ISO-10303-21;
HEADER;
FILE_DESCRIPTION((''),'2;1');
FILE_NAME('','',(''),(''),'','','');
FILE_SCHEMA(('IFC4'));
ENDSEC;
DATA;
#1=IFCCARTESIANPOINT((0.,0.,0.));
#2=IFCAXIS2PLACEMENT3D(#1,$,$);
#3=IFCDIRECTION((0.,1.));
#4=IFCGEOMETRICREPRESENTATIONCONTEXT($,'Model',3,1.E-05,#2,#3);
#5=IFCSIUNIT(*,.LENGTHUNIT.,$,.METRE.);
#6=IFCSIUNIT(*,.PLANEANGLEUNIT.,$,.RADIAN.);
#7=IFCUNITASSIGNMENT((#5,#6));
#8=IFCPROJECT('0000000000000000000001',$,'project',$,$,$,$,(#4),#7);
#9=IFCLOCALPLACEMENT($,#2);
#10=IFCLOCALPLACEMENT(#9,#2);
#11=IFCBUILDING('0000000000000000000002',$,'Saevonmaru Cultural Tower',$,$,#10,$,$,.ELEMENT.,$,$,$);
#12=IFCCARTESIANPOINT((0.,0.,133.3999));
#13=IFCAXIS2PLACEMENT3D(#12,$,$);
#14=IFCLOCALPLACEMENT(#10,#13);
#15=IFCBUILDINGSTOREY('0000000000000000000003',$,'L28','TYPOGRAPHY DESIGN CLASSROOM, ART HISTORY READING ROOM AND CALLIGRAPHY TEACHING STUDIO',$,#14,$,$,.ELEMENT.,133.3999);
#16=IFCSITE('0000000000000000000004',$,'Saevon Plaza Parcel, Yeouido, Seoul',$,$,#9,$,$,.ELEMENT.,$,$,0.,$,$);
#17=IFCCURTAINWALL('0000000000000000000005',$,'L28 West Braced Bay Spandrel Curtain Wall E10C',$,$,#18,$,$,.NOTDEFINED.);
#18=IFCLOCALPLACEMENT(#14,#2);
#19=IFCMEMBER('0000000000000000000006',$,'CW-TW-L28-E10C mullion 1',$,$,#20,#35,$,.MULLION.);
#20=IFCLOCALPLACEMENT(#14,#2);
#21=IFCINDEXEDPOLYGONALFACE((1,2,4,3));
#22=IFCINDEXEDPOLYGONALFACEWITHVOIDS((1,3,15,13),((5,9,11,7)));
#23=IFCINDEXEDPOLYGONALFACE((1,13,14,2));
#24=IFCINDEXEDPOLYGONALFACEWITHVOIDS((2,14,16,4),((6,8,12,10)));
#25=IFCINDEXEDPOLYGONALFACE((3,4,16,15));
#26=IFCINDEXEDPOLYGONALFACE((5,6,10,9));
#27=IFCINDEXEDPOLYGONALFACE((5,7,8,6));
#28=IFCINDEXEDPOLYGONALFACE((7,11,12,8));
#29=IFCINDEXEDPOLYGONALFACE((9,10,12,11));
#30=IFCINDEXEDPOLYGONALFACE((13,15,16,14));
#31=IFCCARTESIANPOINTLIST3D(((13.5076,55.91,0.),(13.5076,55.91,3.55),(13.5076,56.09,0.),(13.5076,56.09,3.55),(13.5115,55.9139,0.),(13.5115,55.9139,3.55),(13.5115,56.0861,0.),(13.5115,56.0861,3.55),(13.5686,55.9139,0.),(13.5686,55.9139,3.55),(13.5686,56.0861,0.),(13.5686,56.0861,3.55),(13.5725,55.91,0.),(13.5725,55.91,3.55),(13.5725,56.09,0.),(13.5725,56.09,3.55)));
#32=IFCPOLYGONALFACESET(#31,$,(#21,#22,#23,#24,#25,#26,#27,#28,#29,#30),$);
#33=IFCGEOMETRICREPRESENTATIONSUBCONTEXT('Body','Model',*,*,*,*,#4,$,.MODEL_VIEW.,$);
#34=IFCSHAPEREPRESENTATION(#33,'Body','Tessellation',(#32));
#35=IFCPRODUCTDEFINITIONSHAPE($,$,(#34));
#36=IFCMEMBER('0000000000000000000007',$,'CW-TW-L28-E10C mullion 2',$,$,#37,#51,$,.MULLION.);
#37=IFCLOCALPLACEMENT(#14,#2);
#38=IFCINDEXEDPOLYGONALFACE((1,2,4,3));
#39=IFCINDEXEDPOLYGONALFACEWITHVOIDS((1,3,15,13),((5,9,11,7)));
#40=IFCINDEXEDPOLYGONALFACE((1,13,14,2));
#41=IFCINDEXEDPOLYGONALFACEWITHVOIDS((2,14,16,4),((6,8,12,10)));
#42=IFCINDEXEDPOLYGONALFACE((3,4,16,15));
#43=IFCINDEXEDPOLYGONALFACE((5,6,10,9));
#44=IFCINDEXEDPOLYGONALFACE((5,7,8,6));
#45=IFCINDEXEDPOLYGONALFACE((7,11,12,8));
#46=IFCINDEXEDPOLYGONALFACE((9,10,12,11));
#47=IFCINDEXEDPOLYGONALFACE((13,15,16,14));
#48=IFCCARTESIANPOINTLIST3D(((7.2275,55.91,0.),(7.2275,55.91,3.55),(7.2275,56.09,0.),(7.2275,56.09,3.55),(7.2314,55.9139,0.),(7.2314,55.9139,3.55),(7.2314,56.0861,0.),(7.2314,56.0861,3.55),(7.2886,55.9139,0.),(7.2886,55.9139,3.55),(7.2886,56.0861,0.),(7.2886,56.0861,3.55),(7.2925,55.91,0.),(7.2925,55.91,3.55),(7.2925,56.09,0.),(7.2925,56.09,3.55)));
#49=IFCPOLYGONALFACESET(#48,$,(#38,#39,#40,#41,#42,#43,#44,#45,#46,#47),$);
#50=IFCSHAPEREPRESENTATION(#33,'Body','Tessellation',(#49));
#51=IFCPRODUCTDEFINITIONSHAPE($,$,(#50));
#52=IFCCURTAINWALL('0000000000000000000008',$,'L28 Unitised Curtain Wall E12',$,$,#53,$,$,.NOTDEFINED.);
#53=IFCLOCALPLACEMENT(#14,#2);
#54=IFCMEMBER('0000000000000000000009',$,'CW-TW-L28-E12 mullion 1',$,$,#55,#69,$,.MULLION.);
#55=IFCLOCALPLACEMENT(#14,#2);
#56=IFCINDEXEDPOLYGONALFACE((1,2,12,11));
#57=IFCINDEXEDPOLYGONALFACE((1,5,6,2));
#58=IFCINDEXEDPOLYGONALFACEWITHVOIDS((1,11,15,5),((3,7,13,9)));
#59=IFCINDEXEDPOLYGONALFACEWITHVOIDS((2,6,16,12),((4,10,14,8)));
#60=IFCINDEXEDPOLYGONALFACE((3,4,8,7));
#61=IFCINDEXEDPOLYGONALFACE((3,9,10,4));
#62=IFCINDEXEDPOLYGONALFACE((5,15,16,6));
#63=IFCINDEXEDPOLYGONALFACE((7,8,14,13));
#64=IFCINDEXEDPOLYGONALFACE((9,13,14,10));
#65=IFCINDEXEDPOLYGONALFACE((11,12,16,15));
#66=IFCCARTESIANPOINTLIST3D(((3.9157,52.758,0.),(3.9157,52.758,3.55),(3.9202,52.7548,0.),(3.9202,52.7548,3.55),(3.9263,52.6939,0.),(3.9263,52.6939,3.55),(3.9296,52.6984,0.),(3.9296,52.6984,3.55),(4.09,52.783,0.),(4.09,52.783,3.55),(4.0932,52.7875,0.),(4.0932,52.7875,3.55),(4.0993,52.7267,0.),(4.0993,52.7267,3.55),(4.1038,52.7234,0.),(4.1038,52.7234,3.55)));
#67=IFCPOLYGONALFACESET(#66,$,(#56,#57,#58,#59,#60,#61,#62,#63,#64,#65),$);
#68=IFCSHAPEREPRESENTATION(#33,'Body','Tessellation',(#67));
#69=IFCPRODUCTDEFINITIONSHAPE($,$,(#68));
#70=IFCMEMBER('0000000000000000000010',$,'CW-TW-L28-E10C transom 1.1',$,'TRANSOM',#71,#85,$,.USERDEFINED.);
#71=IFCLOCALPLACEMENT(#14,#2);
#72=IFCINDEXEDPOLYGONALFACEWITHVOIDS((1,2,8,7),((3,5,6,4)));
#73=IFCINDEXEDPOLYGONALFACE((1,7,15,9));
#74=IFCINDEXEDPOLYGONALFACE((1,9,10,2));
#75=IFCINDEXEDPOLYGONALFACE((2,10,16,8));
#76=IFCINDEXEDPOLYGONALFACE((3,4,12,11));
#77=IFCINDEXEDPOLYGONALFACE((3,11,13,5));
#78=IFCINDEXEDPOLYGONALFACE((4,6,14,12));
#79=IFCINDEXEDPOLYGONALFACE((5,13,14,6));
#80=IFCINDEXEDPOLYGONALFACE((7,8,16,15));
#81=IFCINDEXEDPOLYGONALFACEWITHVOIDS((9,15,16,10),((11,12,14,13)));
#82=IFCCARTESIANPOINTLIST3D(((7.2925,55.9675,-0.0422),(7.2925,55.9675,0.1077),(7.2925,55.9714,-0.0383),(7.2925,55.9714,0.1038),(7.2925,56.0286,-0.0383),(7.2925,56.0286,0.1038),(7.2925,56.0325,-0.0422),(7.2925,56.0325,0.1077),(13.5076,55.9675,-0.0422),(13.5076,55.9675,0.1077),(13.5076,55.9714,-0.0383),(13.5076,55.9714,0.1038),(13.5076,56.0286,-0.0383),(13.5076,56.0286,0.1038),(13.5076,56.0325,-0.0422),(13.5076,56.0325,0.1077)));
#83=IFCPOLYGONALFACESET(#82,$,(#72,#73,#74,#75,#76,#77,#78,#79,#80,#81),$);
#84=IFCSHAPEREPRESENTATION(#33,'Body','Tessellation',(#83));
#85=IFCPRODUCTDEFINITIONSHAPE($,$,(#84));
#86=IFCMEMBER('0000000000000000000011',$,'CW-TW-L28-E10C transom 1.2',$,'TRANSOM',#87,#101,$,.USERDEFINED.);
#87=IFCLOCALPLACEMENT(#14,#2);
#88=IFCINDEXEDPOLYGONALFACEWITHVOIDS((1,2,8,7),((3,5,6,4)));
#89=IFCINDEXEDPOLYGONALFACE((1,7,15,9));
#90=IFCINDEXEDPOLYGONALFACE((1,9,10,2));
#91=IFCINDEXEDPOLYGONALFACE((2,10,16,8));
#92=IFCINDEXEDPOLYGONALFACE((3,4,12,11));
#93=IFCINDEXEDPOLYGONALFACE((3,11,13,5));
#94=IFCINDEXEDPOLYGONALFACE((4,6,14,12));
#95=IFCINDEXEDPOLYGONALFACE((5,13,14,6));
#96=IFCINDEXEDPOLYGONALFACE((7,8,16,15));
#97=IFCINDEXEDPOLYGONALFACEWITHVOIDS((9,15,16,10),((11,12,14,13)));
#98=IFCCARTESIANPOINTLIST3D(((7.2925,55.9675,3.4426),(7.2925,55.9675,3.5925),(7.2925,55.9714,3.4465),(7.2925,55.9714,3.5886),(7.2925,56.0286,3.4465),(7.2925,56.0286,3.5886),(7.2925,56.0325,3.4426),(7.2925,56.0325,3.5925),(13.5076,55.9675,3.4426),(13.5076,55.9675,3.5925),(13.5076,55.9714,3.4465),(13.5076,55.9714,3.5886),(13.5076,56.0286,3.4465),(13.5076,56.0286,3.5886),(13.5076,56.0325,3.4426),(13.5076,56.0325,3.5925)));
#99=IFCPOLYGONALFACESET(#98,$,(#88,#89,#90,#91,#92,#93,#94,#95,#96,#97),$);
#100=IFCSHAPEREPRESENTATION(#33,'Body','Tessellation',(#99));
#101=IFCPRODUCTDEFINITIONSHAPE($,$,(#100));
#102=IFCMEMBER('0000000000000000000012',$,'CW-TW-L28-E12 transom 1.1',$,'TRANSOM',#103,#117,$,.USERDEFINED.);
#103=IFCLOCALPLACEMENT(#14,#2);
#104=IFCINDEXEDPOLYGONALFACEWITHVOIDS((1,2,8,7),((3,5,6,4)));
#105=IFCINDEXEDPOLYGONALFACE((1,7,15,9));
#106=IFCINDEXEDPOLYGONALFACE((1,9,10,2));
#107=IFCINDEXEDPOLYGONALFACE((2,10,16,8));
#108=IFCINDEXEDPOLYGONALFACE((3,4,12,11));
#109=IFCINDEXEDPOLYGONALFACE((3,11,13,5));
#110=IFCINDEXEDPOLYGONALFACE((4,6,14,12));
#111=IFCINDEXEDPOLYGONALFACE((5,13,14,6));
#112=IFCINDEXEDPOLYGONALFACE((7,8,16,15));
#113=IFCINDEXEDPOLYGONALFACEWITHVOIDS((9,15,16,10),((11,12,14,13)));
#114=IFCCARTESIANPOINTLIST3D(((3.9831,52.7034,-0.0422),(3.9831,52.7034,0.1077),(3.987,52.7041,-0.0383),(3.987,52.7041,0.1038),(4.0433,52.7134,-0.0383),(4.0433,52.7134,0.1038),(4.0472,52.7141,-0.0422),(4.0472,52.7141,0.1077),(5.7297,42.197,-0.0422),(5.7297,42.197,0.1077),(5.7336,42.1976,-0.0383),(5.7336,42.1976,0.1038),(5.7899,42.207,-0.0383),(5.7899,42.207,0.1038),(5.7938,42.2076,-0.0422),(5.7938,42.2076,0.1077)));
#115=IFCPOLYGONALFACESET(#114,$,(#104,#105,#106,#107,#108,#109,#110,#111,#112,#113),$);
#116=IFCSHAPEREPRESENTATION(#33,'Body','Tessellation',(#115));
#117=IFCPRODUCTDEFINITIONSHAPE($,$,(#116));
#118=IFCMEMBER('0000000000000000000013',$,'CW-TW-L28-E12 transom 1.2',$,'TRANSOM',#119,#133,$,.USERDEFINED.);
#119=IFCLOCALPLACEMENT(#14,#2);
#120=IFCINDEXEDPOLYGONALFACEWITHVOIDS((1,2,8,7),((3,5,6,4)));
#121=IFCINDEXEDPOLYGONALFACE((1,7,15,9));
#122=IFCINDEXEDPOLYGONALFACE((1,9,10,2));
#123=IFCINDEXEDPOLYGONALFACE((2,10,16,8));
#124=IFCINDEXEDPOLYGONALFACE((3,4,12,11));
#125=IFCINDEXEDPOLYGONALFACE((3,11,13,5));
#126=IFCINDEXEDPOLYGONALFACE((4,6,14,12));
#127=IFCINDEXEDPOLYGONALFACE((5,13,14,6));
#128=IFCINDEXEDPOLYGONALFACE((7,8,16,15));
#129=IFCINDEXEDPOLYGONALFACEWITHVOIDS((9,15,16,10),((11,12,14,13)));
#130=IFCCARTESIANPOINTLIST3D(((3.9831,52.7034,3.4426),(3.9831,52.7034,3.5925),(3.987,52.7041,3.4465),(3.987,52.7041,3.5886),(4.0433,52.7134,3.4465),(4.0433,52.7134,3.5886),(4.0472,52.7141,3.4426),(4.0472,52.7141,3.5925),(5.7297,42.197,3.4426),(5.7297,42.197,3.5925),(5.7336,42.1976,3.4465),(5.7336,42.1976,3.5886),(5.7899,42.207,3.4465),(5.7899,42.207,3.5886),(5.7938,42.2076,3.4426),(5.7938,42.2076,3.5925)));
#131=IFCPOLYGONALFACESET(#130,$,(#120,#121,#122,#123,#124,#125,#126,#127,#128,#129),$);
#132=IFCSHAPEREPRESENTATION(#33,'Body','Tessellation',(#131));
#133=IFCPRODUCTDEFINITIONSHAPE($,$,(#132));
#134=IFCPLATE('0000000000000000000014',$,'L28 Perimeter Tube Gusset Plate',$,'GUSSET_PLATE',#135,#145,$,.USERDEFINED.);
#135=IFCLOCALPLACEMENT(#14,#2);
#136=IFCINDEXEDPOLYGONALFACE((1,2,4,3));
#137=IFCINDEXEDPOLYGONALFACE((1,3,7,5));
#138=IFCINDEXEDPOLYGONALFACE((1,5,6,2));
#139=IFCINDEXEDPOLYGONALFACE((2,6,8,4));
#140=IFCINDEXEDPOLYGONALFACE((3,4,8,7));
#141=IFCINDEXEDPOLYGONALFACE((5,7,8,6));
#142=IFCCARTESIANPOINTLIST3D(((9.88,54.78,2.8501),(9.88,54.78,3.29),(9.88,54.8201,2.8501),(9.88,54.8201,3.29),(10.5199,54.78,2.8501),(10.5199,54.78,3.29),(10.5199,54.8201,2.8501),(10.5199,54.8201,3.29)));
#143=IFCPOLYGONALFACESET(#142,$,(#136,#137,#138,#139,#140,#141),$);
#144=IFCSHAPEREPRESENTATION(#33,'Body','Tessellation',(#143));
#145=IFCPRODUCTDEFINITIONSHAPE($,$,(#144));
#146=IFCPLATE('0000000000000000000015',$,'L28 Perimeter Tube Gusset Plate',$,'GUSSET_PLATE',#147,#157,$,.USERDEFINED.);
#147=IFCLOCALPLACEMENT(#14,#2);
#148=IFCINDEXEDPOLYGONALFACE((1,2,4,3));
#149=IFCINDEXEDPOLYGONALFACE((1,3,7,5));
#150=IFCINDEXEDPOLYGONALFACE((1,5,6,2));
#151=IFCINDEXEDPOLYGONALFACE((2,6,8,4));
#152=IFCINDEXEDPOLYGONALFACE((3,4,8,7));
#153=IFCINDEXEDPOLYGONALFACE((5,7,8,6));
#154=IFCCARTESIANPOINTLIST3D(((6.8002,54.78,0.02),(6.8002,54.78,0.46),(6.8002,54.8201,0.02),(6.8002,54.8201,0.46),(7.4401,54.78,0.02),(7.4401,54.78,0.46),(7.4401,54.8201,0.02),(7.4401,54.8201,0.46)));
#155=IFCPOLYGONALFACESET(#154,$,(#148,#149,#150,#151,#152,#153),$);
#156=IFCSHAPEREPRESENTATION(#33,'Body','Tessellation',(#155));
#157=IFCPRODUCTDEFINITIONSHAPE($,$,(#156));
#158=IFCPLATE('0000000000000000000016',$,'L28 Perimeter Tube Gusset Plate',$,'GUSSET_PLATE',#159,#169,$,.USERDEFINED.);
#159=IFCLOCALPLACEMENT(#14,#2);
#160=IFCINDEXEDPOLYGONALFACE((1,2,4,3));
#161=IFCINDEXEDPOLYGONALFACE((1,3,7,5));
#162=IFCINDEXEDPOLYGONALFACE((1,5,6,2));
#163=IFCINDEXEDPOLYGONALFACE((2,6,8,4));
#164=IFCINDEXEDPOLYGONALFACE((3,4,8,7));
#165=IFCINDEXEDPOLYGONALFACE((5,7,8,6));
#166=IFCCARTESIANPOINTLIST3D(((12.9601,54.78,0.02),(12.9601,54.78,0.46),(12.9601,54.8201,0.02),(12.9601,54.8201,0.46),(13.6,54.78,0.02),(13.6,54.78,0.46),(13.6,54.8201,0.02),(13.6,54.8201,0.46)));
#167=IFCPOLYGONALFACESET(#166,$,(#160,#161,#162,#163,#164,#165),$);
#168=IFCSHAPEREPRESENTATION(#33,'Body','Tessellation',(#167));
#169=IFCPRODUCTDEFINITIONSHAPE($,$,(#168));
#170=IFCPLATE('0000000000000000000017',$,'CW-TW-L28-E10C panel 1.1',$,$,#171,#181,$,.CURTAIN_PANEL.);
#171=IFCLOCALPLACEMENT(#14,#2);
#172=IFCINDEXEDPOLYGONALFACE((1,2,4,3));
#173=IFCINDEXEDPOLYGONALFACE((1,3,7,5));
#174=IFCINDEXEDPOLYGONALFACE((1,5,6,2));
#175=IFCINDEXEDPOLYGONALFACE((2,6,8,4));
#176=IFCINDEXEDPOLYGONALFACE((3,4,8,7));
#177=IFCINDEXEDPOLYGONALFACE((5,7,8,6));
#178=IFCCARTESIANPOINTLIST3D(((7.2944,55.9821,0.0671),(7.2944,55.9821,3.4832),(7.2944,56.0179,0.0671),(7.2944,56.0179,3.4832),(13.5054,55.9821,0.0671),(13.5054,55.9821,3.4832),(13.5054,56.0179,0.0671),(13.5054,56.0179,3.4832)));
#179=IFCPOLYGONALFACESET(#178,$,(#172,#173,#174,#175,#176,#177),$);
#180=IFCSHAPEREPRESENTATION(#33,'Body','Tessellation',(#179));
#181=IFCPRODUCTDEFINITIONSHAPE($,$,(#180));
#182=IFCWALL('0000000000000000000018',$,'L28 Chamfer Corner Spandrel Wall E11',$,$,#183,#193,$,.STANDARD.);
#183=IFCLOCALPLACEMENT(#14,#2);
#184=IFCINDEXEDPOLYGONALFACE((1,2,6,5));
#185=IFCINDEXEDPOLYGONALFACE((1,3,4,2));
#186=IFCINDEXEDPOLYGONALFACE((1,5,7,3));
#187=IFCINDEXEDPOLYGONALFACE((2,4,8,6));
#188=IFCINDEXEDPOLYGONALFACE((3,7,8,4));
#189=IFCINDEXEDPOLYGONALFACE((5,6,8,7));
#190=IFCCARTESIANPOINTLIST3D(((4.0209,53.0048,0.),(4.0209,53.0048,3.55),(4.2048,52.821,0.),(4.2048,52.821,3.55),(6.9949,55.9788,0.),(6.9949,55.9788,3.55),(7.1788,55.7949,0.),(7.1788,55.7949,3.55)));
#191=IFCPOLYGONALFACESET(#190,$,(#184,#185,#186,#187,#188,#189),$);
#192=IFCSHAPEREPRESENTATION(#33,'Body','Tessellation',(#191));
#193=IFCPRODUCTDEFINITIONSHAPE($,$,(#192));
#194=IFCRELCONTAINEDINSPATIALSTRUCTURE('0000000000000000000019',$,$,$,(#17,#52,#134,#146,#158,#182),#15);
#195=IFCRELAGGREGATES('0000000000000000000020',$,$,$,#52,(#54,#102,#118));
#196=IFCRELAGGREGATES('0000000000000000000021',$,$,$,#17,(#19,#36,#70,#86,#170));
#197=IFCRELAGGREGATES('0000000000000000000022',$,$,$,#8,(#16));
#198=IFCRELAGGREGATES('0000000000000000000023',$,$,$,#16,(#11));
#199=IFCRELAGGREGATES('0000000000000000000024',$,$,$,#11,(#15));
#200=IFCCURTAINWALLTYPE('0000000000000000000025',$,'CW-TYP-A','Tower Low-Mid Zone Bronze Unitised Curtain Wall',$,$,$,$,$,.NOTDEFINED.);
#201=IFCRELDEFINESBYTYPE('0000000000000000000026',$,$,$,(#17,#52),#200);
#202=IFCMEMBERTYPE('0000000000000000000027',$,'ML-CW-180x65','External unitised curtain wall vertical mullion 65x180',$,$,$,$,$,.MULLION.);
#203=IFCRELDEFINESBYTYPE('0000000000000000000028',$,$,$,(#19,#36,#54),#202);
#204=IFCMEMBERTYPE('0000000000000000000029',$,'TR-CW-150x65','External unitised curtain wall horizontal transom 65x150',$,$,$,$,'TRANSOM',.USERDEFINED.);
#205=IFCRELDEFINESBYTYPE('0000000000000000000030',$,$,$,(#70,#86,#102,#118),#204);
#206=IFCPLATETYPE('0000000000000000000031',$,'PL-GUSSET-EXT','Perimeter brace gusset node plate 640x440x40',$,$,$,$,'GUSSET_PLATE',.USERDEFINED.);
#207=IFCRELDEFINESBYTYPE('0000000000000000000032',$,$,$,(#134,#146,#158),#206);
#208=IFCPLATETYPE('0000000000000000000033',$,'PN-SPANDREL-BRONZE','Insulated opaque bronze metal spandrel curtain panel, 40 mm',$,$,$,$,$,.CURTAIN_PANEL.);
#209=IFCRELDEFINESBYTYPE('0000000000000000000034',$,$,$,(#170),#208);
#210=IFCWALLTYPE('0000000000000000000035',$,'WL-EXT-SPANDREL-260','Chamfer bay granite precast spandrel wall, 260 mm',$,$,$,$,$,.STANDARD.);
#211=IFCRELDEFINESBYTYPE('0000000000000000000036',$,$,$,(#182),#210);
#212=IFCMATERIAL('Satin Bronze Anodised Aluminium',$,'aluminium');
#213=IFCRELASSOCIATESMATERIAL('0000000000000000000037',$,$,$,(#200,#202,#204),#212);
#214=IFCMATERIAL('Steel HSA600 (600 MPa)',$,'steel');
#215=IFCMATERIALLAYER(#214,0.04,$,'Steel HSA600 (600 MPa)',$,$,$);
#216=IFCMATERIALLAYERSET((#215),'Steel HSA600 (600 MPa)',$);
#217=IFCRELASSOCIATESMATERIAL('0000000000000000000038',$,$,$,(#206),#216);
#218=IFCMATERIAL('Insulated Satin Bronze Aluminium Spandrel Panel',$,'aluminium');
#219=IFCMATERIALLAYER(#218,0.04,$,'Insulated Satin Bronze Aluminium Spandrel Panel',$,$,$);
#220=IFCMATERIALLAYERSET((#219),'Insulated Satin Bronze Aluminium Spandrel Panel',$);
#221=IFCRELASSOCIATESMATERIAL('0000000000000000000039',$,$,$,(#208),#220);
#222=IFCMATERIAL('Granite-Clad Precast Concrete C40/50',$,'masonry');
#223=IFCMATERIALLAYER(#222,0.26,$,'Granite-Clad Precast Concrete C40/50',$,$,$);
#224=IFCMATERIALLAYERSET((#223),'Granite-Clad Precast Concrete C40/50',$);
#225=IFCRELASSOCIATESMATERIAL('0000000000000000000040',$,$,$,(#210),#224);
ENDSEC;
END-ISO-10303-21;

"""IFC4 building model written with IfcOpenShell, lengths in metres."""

from ifc_helpers import new_model, si_unit, direction, frame, frame_2d, origin, origin_2d, place, context, subcontext, project, spatial, rectangle, hollow_rectangle, extrude, material, layer, layer_set, material_profile, profile_set, type_object, element, aggregate, save


model = new_model("IFC4")

# Units and contexts
model_context = context("Model", 3, precision=1e-05, world=origin(), true_north=direction((0.0, 1.0)))
body_context = subcontext(model_context, "Body", "Model", "MODEL_VIEW")
ifc_project = project(units=[si_unit("LENGTHUNIT", "METRE"), si_unit("PLANEANGLEUNIT", "RADIAN")], contexts=[model_context])

# Site, building, storey
site_placement = place(None, origin())
site = spatial("IfcSite", under=ifc_project, at=site_placement, Name="Saevon Plaza Parcel, Yeouido, Seoul", CompositionType="ELEMENT", RefElevation=0.0)
building_placement = place(site_placement, origin())
building = spatial("IfcBuilding", under=site, at=building_placement, Name="Saevonmaru Cultural Tower", CompositionType="ELEMENT")
storey_placement = place(building_placement, frame((0.0, 0.0, 133.3999)))
storey = spatial("IfcBuildingStorey", under=building, at=storey_placement, Name="L28", Description="TYPOGRAPHY DESIGN CLASSROOM, ART HISTORY READING ROOM AND CALLIGRAPHY TEACHING STUDIO", CompositionType="ELEMENT", Elevation=133.3999)

# Curtain wall, members
ifc_material_1 = material(Name="Satin Bronze Anodised Aluminium", Category="aluminium")
curtain_wall_type = type_object("IfcCurtainWallType", Name="CW-TYP-A", Description="Tower Low-Mid Zone Bronze Unitised Curtain Wall", PredefinedType="NOTDEFINED", material=ifc_material_1)
curtain_wall_1_placement = place(storey_placement, origin())
curtain_wall_1 = element("IfcCurtainWall", 1, at=curtain_wall_1_placement, inside=storey, type_object=curtain_wall_type, Name="L28 West Braced Bay Spandrel Curtain Wall E10C", PredefinedType="NOTDEFINED")
ifc_material_profile_1 = material_profile(ifc_material_1, hollow_rectangle(XDim=0.0649, YDim=0.1799, WallThickness=0.0039, at=origin_2d()), Name="ALU-MULL-180x65x4")
ifc_profile_set_1 = profile_set([ifc_material_profile_1], Name="Satin Bronze Anodised Aluminium")
member_type_1 = type_object("IfcMemberType", Name="ML-CW-180x65", Description="External unitised curtain wall vertical mullion 65x180", PredefinedType="MULLION", material=ifc_profile_set_1)
member_1_placement = place(storey_placement, frame((13.54, 56.0, 0.0), z_axis=(0.0, 0.0, 1.0), x_axis=(-1.0, 0.0, 0.0)))
member_1 = element("IfcMember", 2, at=member_1_placement, type_object=member_type_1, Name="CW-TW-L28-E10C mullion 1", PredefinedType="MULLION", context=body_context, shape_type="SweptSolid", body=[
    extrude(hollow_rectangle(XDim=0.0649, YDim=0.1799, WallThickness=0.0039, at=origin_2d()), origin(), (0.0, 0.0, 1.0), 3.55),
])
member_2_placement = place(storey_placement, frame((7.26, 56.0, 0.0), z_axis=(0.0, 0.0, 1.0), x_axis=(-1.0, 0.0, 0.0)))
member_2 = element("IfcMember", 3, at=member_2_placement, type_object=member_type_1, Name="CW-TW-L28-E10C mullion 2", PredefinedType="MULLION", context=body_context, shape_type="SweptSolid", body=[
    extrude(hollow_rectangle(XDim=0.0649, YDim=0.1799, WallThickness=0.0039, at=origin_2d()), origin(), (0.0, 0.0, 1.0), 3.55),
])

# Curtain wall, member
curtain_wall_2_placement = place(storey_placement, origin())
curtain_wall_2 = element("IfcCurtainWall", 4, at=curtain_wall_2_placement, inside=storey, type_object=curtain_wall_type, Name="L28 Unitised Curtain Wall E12", PredefinedType="NOTDEFINED")
member_3_placement = place(storey_placement, frame((4.0098, 52.7407, 0.0), z_axis=(0.0, 0.0, 1.0), x_axis=(0.163999, -0.986461, 0.0)))
member_3 = element("IfcMember", 5, at=member_3_placement, type_object=member_type_1, Name="CW-TW-L28-E12 mullion 1", PredefinedType="MULLION", context=body_context, shape_type="SweptSolid", body=[
    extrude(hollow_rectangle(XDim=0.0649, YDim=0.1799, WallThickness=0.0039, at=origin_2d()), origin(), (0.0, 0.0, 1.0), 3.55),
])

# Members
ifc_material_profile_2 = material_profile(ifc_material_1, hollow_rectangle(XDim=0.0649, YDim=0.1499, WallThickness=0.0039, at=origin_2d()), Name="ALU-TRAN-150x65x4")
ifc_profile_set_2 = profile_set([ifc_material_profile_2], Name="Satin Bronze Anodised Aluminium")
member_type_2 = type_object("IfcMemberType", Name="TR-CW-150x65", Description="External unitised curtain wall horizontal transom 65x150", ElementType="TRANSOM", PredefinedType="USERDEFINED", material=ifc_profile_set_2)
member_4_placement = place(storey_placement, frame((13.5076, 56.0, 0.0327), z_axis=(-1.0, 0.0, 0.0), x_axis=(0.0, -1.0, 0.0)))
member_4 = element("IfcMember", 6, at=member_4_placement, type_object=member_type_2, Name="CW-TW-L28-E10C transom 1.1", ObjectType="TRANSOM", PredefinedType="USERDEFINED", context=body_context, shape_type="SweptSolid", body=[
    extrude(hollow_rectangle(XDim=0.0649, YDim=0.1499, WallThickness=0.0039, at=origin_2d()), origin(), (0.0, 0.0, 1.0), 6.2151),
])
member_5_placement = place(storey_placement, frame((13.5076, 56.0, 3.5176), z_axis=(-1.0, 0.0, 0.0), x_axis=(0.0, -1.0, 0.0)))
member_5 = element("IfcMember", 7, at=member_5_placement, type_object=member_type_2, Name="CW-TW-L28-E10C transom 1.2", ObjectType="TRANSOM", PredefinedType="USERDEFINED", context=body_context, shape_type="SweptSolid", body=[
    extrude(hollow_rectangle(XDim=0.0649, YDim=0.1499, WallThickness=0.0039, at=origin_2d()), origin(), (0.0, 0.0, 1.0), 6.2151),
])
member_6_placement = place(storey_placement, frame((4.0151, 52.7087, 0.0327), z_axis=(0.16399, -0.986462, 0.0), x_axis=(0.986462, 0.16399, 0.0)))
member_6 = element("IfcMember", 8, at=member_6_placement, type_object=member_type_2, Name="CW-TW-L28-E12 transom 1.1", ObjectType="TRANSOM", PredefinedType="USERDEFINED", context=body_context, shape_type="SweptSolid", body=[
    extrude(hollow_rectangle(XDim=0.0649, YDim=0.1499, WallThickness=0.0039, at=origin_2d()), origin(), (0.0, 0.0, 1.0), 10.6506),
])
member_7_placement = place(storey_placement, frame((4.0151, 52.7087, 3.5176), z_axis=(0.16399, -0.986462, 0.0), x_axis=(0.986462, 0.16399, 0.0)))
member_7 = element("IfcMember", 9, at=member_7_placement, type_object=member_type_2, Name="CW-TW-L28-E12 transom 1.2", ObjectType="TRANSOM", PredefinedType="USERDEFINED", context=body_context, shape_type="SweptSolid", body=[
    extrude(hollow_rectangle(XDim=0.0649, YDim=0.1499, WallThickness=0.0039, at=origin_2d()), origin(), (0.0, 0.0, 1.0), 10.6506),
])
aggregate(curtain_wall_2, [member_3, member_6, member_7])

# Plates
ifc_material_2 = material(Name="Steel HSA600 (600 MPa)", Category="steel")
ifc_layer_1 = layer(ifc_material_2, 0.04, Name="Steel HSA600 (600 MPa)")
ifc_layer_set_1 = layer_set([ifc_layer_1], Name="Steel HSA600 (600 MPa)")
plate_type_1 = type_object("IfcPlateType", Name="PL-GUSSET-EXT", Description="Perimeter brace gusset node plate 640x440x40", ElementType="GUSSET_PLATE", PredefinedType="USERDEFINED", material=ifc_layer_set_1)
for number, where, z_axis, x_axis, name in (
    (10, (10.2, 54.8, 2.8501), (0.0, 0.0, 1.0), (1.0, 0.0, 0.0), "L28 Perimeter Tube Gusset Plate"),
    (11, (7.1201, 54.8, 0.02), (0.0, 0.0, 1.0), (1.0, 0.0, 0.0), "L28 Perimeter Tube Gusset Plate"),
    (12, (13.28, 54.8, 0.02), (0.0, 0.0, 1.0), (1.0, 0.0, 0.0), "L28 Perimeter Tube Gusset Plate"),
):
    element("IfcPlate", number, at=place(storey_placement, frame(where, z_axis=z_axis, x_axis=x_axis)), inside=storey, type_object=plate_type_1, Name=name, ObjectType="GUSSET_PLATE", PredefinedType="USERDEFINED", context=body_context, shape_type="SweptSolid", body=[
        extrude(rectangle(XDim=0.6399, YDim=0.04, at=origin_2d()), origin(), (0.0, 0.0, 1.0), 0.4399),
    ])

# Plate
ifc_material_3 = material(Name="Insulated Satin Bronze Aluminium Spandrel Panel", Category="aluminium")
ifc_layer_2 = layer(ifc_material_3, 0.04, Name="Insulated Satin Bronze Aluminium Spandrel Panel")
ifc_layer_set_2 = layer_set([ifc_layer_2], Name="Insulated Satin Bronze Aluminium Spandrel Panel")
plate_type_2 = type_object("IfcPlateType", Name="PN-SPANDREL-BRONZE", Description="Insulated opaque bronze metal spandrel curtain panel, 40 mm", PredefinedType="CURTAIN_PANEL", material=ifc_layer_set_2)
plate_placement = place(storey_placement, frame((10.3999, 56.0, 0.0671), z_axis=(0.0, 0.0, 1.0), x_axis=(-1.0, 0.0, 0.0)))
plate = element("IfcPlate", 13, at=plate_placement, type_object=plate_type_2, Name="CW-TW-L28-E10C panel 1.1", PredefinedType="CURTAIN_PANEL", context=body_context, shape_type="SweptSolid", body=[
    extrude(rectangle(XDim=6.2109, YDim=0.0359, at=origin_2d()), origin(), (0.0, 0.0, 1.0), 3.416),
])
aggregate(curtain_wall_1, [member_1, member_2, member_4, member_5, plate])

# Wall
ifc_material_4 = material(Name="Granite-Clad Precast Concrete C40/50", Category="masonry")
ifc_layer_3 = layer(ifc_material_4, 0.26, Name="Granite-Clad Precast Concrete C40/50")
ifc_layer_set_3 = layer_set([ifc_layer_3], Name="Granite-Clad Precast Concrete C40/50")
wall_type_1 = type_object("IfcWallType", Name="WL-EXT-SPANDREL-260", Description="Chamfer bay granite precast spandrel wall, 260 mm", PredefinedType="STANDARD", material=ifc_layer_set_3)
wall_1_placement = place(storey_placement, frame((7.0869, 55.887, 0.0), z_axis=(0.0, 0.0, 1.0), x_axis=(-0.707107, -0.707107, 0.0)))
element("IfcWall", 14, at=wall_1_placement, inside=storey, type_object=wall_type_1, Name="L28 Chamfer Corner Spandrel Wall E11", PredefinedType="STANDARD", context=body_context, shape_type="SweptSolid", body=[
    extrude(rectangle(XDim=4.2058, YDim=0.26, at=frame_2d((2.103, 0.0))), origin(), (0.0, 0.0, 1.0), 3.55),
])

save(model, "model.ifc")
